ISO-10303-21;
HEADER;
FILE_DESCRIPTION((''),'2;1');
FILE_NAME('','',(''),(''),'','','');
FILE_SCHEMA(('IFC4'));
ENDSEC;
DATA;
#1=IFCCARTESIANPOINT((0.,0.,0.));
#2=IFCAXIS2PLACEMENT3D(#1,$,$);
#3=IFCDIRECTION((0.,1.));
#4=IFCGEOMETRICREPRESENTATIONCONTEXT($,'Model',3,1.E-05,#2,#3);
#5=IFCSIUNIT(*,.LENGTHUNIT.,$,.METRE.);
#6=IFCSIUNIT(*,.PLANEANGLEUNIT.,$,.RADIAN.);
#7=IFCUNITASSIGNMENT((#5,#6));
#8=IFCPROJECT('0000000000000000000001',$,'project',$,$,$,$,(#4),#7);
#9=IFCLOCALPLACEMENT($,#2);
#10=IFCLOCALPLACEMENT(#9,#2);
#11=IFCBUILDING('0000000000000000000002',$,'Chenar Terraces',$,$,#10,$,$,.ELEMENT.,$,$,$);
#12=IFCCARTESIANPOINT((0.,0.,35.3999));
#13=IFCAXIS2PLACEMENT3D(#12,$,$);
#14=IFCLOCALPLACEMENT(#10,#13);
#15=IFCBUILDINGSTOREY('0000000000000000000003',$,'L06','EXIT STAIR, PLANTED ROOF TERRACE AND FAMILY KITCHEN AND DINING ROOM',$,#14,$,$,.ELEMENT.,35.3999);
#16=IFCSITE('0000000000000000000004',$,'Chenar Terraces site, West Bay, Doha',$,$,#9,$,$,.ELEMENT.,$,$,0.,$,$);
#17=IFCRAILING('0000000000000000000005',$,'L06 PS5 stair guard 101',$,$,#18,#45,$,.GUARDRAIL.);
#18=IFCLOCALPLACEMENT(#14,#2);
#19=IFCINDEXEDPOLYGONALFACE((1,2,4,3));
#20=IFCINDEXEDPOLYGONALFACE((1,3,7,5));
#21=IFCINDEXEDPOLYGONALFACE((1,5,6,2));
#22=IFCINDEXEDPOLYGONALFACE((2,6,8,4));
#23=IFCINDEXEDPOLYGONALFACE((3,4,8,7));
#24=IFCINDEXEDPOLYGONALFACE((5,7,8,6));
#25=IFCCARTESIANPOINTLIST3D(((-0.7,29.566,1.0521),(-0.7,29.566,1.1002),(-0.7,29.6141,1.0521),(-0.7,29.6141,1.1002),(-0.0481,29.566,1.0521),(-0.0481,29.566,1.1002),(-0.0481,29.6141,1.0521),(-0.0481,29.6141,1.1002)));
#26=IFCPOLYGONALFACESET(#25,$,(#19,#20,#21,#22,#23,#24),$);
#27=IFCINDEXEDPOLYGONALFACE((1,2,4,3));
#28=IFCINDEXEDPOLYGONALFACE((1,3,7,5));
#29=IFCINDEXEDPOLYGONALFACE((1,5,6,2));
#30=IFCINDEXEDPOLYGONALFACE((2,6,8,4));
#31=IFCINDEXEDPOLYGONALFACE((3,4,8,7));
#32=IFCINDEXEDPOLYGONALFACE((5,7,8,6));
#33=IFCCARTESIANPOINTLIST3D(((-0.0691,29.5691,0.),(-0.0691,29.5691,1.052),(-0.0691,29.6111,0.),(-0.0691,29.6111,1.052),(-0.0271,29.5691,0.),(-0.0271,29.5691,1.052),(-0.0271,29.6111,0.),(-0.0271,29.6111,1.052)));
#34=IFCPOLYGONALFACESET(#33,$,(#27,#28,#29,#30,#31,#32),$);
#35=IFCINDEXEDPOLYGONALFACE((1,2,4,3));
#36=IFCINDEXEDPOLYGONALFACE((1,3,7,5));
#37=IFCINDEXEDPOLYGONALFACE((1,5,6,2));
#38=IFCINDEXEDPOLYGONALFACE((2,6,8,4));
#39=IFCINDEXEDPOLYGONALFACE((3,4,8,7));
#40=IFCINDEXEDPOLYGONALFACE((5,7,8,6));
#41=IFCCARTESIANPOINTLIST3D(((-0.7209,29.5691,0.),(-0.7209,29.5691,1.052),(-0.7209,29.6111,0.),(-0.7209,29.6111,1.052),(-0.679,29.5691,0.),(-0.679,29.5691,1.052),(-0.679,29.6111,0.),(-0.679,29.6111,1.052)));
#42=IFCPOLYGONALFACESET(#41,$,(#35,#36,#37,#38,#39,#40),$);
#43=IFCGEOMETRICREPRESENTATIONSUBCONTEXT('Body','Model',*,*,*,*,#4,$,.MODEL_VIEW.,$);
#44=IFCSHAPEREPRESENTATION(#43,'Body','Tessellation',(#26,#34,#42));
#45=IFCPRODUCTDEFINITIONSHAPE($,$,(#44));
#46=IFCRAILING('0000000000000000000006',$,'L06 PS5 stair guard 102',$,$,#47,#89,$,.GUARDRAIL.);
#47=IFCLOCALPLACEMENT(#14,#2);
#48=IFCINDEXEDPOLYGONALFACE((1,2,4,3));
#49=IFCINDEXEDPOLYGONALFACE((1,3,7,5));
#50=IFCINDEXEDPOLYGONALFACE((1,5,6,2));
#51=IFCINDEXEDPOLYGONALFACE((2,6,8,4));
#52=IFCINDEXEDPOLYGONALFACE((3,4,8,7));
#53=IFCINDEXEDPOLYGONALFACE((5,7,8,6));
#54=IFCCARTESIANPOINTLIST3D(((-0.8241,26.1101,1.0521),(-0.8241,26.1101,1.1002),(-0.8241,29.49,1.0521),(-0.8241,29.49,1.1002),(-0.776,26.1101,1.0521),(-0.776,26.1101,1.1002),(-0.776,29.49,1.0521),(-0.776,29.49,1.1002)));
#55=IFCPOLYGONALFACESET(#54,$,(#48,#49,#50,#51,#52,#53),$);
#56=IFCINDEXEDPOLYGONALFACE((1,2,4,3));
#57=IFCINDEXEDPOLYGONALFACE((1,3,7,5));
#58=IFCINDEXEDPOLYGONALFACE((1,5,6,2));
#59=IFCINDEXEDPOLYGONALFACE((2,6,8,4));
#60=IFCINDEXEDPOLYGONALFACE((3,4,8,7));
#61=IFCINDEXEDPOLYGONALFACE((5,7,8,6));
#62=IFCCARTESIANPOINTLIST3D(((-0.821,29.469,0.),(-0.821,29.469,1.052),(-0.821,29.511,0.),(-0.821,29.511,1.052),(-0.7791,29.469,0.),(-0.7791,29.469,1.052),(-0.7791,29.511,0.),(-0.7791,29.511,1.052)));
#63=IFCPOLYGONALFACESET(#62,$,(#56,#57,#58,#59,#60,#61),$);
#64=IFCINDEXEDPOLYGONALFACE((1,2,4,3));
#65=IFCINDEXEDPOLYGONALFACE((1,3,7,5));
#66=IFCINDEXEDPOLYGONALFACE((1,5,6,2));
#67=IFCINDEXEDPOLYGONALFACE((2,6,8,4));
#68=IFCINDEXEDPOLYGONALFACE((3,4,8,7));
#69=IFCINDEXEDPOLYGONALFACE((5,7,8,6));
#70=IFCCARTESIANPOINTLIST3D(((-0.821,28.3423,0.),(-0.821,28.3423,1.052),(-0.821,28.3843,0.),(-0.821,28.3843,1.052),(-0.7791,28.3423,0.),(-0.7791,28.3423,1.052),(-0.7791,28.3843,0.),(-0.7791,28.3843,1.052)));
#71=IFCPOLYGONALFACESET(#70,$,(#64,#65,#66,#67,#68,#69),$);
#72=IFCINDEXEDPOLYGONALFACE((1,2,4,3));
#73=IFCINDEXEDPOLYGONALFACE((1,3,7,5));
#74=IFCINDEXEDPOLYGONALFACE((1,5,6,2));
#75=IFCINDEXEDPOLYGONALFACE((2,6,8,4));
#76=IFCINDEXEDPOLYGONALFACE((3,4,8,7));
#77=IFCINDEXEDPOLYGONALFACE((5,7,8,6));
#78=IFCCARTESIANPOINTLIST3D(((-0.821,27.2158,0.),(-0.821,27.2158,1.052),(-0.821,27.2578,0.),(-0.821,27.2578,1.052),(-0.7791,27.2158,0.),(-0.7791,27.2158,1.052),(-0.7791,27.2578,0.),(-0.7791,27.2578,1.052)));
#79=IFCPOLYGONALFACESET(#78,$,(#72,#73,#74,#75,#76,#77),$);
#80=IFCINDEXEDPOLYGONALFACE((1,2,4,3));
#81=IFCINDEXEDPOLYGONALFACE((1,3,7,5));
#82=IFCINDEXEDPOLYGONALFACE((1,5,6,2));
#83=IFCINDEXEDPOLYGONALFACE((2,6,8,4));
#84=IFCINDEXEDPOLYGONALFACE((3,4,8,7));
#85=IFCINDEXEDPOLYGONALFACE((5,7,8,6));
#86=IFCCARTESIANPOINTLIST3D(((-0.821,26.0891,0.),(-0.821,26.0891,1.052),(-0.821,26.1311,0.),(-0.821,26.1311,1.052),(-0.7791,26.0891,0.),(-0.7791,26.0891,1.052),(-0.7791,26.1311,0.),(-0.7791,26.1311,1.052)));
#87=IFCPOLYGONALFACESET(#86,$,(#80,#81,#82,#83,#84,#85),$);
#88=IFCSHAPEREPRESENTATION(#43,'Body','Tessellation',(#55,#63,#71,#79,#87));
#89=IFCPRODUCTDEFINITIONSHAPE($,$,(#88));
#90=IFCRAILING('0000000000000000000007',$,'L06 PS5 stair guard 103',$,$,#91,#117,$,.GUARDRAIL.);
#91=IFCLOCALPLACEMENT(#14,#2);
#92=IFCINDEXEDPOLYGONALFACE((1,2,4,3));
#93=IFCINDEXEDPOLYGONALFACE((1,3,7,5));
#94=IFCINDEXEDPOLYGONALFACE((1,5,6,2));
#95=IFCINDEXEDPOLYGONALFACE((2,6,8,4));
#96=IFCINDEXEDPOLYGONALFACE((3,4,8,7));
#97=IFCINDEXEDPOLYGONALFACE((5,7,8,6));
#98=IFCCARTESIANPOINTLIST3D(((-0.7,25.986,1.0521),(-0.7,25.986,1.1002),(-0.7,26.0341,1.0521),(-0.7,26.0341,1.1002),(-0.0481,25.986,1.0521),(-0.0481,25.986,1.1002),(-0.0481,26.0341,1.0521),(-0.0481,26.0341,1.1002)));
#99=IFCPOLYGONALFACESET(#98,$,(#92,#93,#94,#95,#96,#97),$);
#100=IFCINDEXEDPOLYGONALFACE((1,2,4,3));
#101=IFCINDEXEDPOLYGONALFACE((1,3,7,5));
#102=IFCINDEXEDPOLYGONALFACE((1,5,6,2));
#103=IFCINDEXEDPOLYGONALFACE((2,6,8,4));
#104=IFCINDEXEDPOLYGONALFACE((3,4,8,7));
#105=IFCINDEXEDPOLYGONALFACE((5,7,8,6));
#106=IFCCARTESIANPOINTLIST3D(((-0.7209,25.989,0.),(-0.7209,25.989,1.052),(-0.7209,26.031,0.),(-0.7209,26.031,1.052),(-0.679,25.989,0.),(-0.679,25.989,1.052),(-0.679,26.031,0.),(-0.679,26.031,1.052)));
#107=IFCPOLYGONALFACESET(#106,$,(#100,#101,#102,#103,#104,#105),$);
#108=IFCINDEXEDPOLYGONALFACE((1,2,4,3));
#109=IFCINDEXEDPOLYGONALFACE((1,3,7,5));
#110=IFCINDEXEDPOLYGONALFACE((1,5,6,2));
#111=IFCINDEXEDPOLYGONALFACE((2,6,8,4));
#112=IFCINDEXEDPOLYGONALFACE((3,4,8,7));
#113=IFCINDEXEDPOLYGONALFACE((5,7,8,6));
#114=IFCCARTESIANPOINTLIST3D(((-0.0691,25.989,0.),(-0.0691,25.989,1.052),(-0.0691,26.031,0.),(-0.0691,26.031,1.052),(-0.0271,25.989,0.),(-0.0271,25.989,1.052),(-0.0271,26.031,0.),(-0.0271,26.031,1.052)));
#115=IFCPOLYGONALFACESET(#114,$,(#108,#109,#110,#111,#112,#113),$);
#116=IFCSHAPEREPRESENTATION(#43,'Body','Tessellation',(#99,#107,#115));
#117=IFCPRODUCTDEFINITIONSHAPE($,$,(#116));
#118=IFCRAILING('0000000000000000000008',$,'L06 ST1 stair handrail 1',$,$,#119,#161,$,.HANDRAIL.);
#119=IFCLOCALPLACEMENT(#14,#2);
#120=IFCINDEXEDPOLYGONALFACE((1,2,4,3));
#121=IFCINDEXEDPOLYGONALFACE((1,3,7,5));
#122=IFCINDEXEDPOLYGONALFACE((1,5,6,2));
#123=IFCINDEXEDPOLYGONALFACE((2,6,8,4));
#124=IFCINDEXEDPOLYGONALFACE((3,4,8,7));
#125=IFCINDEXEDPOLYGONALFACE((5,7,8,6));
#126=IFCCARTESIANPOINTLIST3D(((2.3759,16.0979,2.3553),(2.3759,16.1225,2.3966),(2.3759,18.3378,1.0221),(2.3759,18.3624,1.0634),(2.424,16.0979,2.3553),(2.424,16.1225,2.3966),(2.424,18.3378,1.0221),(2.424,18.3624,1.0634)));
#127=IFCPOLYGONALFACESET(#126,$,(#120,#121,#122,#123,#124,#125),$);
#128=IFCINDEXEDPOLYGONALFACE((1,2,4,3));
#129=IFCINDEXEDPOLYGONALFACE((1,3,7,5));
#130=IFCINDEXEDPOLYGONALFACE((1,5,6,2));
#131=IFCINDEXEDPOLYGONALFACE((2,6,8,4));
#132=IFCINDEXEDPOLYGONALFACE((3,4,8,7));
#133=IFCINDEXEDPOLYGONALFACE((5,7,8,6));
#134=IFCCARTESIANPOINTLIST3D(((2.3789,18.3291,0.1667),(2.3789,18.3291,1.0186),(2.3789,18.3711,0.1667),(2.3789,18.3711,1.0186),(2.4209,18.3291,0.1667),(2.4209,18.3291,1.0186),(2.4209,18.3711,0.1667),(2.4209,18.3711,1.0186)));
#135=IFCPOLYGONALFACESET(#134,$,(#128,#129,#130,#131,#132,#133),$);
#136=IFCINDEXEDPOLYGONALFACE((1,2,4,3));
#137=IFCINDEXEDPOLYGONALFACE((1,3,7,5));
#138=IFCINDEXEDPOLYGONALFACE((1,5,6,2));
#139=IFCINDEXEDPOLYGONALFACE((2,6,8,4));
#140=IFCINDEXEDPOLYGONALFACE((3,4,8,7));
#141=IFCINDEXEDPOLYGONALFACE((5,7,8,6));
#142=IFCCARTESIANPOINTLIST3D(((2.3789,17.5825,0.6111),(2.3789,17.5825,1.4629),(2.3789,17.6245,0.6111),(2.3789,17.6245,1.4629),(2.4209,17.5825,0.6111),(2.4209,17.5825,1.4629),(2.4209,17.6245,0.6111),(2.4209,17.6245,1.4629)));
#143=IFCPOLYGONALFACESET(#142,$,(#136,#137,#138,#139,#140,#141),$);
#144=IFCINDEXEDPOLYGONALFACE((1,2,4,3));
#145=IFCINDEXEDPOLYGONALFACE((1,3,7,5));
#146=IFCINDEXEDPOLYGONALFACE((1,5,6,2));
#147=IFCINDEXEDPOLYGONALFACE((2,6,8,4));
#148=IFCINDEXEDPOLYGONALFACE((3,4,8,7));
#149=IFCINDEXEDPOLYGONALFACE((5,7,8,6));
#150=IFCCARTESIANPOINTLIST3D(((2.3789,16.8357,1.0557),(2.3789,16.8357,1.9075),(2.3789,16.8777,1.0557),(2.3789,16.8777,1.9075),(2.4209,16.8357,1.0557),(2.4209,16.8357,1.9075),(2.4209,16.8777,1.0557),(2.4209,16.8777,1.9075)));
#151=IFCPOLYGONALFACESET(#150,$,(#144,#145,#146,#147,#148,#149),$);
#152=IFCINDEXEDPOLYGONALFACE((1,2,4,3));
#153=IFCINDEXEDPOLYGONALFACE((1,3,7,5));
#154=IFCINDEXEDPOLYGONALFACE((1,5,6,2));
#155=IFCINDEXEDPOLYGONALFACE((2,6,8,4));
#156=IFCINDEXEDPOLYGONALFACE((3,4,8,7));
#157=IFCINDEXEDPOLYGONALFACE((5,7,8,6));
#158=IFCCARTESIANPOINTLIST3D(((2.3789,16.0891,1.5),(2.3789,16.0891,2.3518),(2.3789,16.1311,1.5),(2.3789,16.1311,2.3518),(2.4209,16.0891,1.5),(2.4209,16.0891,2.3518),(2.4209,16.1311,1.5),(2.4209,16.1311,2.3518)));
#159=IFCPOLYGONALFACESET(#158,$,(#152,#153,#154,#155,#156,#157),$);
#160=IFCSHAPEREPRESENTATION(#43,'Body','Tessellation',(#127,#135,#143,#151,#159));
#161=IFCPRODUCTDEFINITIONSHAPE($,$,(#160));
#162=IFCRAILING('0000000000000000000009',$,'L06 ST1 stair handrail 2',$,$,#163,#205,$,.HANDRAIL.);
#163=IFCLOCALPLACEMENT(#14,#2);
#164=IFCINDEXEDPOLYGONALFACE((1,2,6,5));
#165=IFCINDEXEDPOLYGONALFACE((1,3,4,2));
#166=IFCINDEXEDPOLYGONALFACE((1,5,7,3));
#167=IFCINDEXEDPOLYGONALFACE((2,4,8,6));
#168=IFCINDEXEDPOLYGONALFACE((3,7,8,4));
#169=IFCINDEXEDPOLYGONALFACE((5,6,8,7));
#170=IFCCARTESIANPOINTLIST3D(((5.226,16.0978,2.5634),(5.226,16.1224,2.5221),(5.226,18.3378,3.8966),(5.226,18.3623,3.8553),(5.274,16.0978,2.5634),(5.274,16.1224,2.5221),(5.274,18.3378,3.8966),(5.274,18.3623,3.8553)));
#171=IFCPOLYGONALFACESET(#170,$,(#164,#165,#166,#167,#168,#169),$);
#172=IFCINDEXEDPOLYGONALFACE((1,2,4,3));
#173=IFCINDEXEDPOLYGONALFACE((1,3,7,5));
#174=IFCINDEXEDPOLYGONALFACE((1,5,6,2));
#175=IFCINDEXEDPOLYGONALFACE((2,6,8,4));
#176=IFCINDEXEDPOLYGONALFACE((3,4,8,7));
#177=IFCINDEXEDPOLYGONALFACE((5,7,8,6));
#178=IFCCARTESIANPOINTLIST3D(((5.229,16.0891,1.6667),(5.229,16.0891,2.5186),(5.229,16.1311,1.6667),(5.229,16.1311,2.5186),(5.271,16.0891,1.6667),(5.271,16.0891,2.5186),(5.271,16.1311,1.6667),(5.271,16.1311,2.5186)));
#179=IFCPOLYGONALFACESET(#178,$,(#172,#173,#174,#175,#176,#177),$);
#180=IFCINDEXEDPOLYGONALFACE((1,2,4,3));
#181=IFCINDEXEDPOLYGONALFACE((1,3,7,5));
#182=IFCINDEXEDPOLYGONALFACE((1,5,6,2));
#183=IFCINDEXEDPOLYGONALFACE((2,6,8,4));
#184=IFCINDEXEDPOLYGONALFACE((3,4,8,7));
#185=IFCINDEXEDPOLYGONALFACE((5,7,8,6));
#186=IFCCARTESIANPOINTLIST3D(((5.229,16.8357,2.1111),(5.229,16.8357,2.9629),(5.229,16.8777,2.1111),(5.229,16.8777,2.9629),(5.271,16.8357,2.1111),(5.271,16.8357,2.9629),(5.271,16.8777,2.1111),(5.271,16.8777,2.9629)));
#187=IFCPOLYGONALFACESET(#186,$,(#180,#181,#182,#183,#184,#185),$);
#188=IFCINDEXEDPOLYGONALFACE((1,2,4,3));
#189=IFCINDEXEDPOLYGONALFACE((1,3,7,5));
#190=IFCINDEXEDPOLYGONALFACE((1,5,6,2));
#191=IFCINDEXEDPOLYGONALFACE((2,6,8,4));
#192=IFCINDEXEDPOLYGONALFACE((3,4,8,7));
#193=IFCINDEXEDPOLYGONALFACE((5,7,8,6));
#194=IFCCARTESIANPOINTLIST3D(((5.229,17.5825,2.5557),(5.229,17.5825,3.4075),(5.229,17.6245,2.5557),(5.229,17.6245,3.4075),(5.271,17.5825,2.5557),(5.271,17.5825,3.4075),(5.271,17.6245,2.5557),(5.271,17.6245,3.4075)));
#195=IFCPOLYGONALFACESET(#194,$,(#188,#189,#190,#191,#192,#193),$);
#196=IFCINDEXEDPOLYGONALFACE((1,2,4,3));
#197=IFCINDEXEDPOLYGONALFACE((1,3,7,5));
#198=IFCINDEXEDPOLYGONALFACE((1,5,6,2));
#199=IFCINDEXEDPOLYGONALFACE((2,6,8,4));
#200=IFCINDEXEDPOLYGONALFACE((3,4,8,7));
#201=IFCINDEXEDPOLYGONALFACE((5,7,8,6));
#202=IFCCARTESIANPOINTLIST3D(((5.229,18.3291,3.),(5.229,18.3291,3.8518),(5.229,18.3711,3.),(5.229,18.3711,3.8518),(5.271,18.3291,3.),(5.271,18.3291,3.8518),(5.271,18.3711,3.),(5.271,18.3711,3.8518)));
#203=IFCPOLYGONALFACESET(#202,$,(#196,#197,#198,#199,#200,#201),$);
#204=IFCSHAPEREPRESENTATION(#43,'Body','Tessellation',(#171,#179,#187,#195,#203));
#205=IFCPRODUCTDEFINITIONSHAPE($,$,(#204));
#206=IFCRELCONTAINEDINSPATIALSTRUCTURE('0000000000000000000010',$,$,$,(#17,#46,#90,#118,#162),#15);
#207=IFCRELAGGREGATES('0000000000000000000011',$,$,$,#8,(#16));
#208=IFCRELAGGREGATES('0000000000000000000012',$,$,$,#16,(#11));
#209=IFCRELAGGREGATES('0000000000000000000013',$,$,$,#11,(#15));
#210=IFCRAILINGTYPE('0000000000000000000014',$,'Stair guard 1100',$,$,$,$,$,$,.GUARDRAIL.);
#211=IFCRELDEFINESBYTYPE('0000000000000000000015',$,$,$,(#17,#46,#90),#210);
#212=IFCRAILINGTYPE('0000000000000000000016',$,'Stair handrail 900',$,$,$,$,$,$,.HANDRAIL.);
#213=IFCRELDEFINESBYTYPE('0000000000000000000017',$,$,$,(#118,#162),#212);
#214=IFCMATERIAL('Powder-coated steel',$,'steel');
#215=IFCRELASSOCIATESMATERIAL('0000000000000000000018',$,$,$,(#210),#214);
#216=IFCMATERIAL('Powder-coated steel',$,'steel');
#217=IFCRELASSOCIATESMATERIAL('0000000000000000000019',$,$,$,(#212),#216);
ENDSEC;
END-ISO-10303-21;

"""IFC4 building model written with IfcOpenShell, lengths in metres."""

from ifc_helpers import new_model, si_unit, direction, frame, origin, origin_2d, place, context, subcontext, project, spatial, rectangle, extrude, material, type_object, element, save


model = new_model("IFC4")

# Units and contexts
model_context = context("Model", 3, precision=1e-05, world=origin(), true_north=direction((0.0, 1.0)))
body_context = subcontext(model_context, "Body", "Model", "MODEL_VIEW")
ifc_project = project(units=[si_unit("LENGTHUNIT", "METRE"), si_unit("PLANEANGLEUNIT", "RADIAN")], contexts=[model_context])

# Site, building, storey
site_placement = place(None, origin())
site = spatial("IfcSite", under=ifc_project, at=site_placement, Name="Chenar Terraces site, West Bay, Doha", CompositionType="ELEMENT", RefElevation=0.0)
building_placement = place(site_placement, origin())
building = spatial("IfcBuilding", under=site, at=building_placement, Name="Chenar Terraces", CompositionType="ELEMENT")
storey_placement = place(building_placement, frame((0.0, 0.0, 35.3999)))
storey = spatial("IfcBuildingStorey", under=building, at=storey_placement, Name="L06", Description="EXIT STAIR, PLANTED ROOF TERRACE AND FAMILY KITCHEN AND DINING ROOM", CompositionType="ELEMENT", Elevation=35.3999)

# Railings
ifc_material_1 = material(Name="Powder-coated steel", Category="steel")
railing_type_1 = type_object("IfcRailingType", Name="Stair guard 1100", PredefinedType="GUARDRAIL", material=ifc_material_1)
railing_1_placement = place(storey_placement, frame((-0.0481, 29.5901, 0.0)))
element("IfcRailing", 1, at=railing_1_placement, inside=storey, type_object=railing_type_1, Name="L06 PS5 stair guard 101", PredefinedType="GUARDRAIL", context=body_context, shape_type="SweptSolid", body=[
    extrude(rectangle(XDim=0.0481, YDim=0.0481, at=origin_2d()), frame((0.0, 0.0, 1.0762), z_axis=(-1.0, 0.0, 0.0), x_axis=(0.0, -1.0, 0.0)), (0.0, 0.0, 1.0), 0.6519),
    extrude(rectangle(XDim=0.042, YDim=0.042, at=origin_2d()), origin(), (0.0, 0.0, 1.0), 1.052),
    extrude(rectangle(XDim=0.042, YDim=0.042, at=origin_2d()), frame((-0.6519, 0.0, 0.0)), (0.0, 0.0, 1.0), 1.052),
])
railing_2_placement = place(storey_placement, frame((-0.8, 29.49, 0.0)))
element("IfcRailing", 2, at=railing_2_placement, inside=storey, type_object=railing_type_1, Name="L06 PS5 stair guard 102", PredefinedType="GUARDRAIL", context=body_context, shape_type="SweptSolid", body=[
    extrude(rectangle(XDim=0.0481, YDim=0.0481, at=origin_2d()), frame((0.0, 0.0, 1.0762), z_axis=(0.0, -1.0, 0.0), x_axis=(1.0, 0.0, 0.0)), (0.0, 0.0, 1.0), 3.3799),
    extrude(rectangle(XDim=0.042, YDim=0.042, at=origin_2d()), origin(), (0.0, 0.0, 1.0), 1.052),
    extrude(rectangle(XDim=0.042, YDim=0.042, at=origin_2d()), frame((0.0, -1.1267, 0.0)), (0.0, 0.0, 1.0), 1.052),
    extrude(rectangle(XDim=0.042, YDim=0.042, at=origin_2d()), frame((0.0, -2.2532, 0.0)), (0.0, 0.0, 1.0), 1.052),
    extrude(rectangle(XDim=0.042, YDim=0.042, at=origin_2d()), frame((0.0, -3.3799, 0.0)), (0.0, 0.0, 1.0), 1.052),
])
railing_3_placement = place(storey_placement, frame((-0.7, 26.01, 0.0)))
element("IfcRailing", 3, at=railing_3_placement, inside=storey, type_object=railing_type_1, Name="L06 PS5 stair guard 103", PredefinedType="GUARDRAIL", context=body_context, shape_type="SweptSolid", body=[
    extrude(rectangle(XDim=0.0481, YDim=0.0481, at=origin_2d()), frame((0.0, 0.0, 1.0762), z_axis=(1.0, 0.0, 0.0), x_axis=(0.0, 1.0, 0.0)), (0.0, 0.0, 1.0), 0.6519),
    extrude(rectangle(XDim=0.042, YDim=0.042, at=origin_2d()), origin(), (0.0, 0.0, 1.0), 1.052),
    extrude(rectangle(XDim=0.042, YDim=0.042, at=origin_2d()), frame((0.6519, 0.0, 0.0)), (0.0, 0.0, 1.0), 1.052),
])
ifc_material_2 = material(Name="Powder-coated steel", Category="steel")
railing_type_2 = type_object("IfcRailingType", Name="Stair handrail 900", PredefinedType="HANDRAIL", material=ifc_material_2)
railing_4_placement = place(storey_placement, frame((2.3999, 18.3501, 0.1667)))
element("IfcRailing", 4, at=railing_4_placement, inside=storey, type_object=railing_type_2, Name="L06 ST1 stair handrail 1", PredefinedType="HANDRAIL", context=body_context, shape_type="SweptSolid", body=[
    extrude(rectangle(XDim=0.0481, YDim=0.0481, at=origin_2d()), frame((0.0, 0.0, 0.876), z_axis=(0.0, -0.859306, 0.511462), x_axis=(1.0, 0.0, 0.0)), (0.0, 0.0, 1.0), 2.6067),
    extrude(rectangle(XDim=0.042, YDim=0.042, at=origin_2d()), origin(), (0.0, 0.0, 1.0), 0.8518),
    extrude(rectangle(XDim=0.042, YDim=0.042, at=origin_2d()), frame((0.0, -0.7466, 0.4443)), (0.0, 0.0, 1.0), 0.8518),
    extrude(rectangle(XDim=0.042, YDim=0.042, at=origin_2d()), frame((0.0, -1.4934, 0.8889)), (0.0, 0.0, 1.0), 0.8518),
    extrude(rectangle(XDim=0.042, YDim=0.042, at=origin_2d()), frame((0.0, -2.24, 1.3333)), (0.0, 0.0, 1.0), 0.8518),
])
railing_5_placement = place(storey_placement, frame((5.25, 16.1101, 1.6667)))
element("IfcRailing", 5, at=railing_5_placement, inside=storey, type_object=railing_type_2, Name="L06 ST1 stair handrail 2", PredefinedType="HANDRAIL", context=body_context, shape_type="SweptSolid", body=[
    extrude(rectangle(XDim=0.0481, YDim=0.0481, at=origin_2d()), frame((0.0, 0.0, 0.876), z_axis=(0.0, 0.859306, 0.511462), x_axis=(-1.0, 0.0, 0.0)), (0.0, 0.0, 1.0), 2.6067),
    extrude(rectangle(XDim=0.042, YDim=0.042, at=origin_2d()), origin(), (0.0, 0.0, 1.0), 0.8518),
    extrude(rectangle(XDim=0.042, YDim=0.042, at=origin_2d()), frame((0.0, 0.7466, 0.4443)), (0.0, 0.0, 1.0), 0.8518),
    extrude(rectangle(XDim=0.042, YDim=0.042, at=origin_2d()), frame((0.0, 1.4934, 0.8889)), (0.0, 0.0, 1.0), 0.8518),
    extrude(rectangle(XDim=0.042, YDim=0.042, at=origin_2d()), frame((0.0, 2.24, 1.3333)), (0.0, 0.0, 1.0), 0.8518),
])

save(model, "model.ifc")
